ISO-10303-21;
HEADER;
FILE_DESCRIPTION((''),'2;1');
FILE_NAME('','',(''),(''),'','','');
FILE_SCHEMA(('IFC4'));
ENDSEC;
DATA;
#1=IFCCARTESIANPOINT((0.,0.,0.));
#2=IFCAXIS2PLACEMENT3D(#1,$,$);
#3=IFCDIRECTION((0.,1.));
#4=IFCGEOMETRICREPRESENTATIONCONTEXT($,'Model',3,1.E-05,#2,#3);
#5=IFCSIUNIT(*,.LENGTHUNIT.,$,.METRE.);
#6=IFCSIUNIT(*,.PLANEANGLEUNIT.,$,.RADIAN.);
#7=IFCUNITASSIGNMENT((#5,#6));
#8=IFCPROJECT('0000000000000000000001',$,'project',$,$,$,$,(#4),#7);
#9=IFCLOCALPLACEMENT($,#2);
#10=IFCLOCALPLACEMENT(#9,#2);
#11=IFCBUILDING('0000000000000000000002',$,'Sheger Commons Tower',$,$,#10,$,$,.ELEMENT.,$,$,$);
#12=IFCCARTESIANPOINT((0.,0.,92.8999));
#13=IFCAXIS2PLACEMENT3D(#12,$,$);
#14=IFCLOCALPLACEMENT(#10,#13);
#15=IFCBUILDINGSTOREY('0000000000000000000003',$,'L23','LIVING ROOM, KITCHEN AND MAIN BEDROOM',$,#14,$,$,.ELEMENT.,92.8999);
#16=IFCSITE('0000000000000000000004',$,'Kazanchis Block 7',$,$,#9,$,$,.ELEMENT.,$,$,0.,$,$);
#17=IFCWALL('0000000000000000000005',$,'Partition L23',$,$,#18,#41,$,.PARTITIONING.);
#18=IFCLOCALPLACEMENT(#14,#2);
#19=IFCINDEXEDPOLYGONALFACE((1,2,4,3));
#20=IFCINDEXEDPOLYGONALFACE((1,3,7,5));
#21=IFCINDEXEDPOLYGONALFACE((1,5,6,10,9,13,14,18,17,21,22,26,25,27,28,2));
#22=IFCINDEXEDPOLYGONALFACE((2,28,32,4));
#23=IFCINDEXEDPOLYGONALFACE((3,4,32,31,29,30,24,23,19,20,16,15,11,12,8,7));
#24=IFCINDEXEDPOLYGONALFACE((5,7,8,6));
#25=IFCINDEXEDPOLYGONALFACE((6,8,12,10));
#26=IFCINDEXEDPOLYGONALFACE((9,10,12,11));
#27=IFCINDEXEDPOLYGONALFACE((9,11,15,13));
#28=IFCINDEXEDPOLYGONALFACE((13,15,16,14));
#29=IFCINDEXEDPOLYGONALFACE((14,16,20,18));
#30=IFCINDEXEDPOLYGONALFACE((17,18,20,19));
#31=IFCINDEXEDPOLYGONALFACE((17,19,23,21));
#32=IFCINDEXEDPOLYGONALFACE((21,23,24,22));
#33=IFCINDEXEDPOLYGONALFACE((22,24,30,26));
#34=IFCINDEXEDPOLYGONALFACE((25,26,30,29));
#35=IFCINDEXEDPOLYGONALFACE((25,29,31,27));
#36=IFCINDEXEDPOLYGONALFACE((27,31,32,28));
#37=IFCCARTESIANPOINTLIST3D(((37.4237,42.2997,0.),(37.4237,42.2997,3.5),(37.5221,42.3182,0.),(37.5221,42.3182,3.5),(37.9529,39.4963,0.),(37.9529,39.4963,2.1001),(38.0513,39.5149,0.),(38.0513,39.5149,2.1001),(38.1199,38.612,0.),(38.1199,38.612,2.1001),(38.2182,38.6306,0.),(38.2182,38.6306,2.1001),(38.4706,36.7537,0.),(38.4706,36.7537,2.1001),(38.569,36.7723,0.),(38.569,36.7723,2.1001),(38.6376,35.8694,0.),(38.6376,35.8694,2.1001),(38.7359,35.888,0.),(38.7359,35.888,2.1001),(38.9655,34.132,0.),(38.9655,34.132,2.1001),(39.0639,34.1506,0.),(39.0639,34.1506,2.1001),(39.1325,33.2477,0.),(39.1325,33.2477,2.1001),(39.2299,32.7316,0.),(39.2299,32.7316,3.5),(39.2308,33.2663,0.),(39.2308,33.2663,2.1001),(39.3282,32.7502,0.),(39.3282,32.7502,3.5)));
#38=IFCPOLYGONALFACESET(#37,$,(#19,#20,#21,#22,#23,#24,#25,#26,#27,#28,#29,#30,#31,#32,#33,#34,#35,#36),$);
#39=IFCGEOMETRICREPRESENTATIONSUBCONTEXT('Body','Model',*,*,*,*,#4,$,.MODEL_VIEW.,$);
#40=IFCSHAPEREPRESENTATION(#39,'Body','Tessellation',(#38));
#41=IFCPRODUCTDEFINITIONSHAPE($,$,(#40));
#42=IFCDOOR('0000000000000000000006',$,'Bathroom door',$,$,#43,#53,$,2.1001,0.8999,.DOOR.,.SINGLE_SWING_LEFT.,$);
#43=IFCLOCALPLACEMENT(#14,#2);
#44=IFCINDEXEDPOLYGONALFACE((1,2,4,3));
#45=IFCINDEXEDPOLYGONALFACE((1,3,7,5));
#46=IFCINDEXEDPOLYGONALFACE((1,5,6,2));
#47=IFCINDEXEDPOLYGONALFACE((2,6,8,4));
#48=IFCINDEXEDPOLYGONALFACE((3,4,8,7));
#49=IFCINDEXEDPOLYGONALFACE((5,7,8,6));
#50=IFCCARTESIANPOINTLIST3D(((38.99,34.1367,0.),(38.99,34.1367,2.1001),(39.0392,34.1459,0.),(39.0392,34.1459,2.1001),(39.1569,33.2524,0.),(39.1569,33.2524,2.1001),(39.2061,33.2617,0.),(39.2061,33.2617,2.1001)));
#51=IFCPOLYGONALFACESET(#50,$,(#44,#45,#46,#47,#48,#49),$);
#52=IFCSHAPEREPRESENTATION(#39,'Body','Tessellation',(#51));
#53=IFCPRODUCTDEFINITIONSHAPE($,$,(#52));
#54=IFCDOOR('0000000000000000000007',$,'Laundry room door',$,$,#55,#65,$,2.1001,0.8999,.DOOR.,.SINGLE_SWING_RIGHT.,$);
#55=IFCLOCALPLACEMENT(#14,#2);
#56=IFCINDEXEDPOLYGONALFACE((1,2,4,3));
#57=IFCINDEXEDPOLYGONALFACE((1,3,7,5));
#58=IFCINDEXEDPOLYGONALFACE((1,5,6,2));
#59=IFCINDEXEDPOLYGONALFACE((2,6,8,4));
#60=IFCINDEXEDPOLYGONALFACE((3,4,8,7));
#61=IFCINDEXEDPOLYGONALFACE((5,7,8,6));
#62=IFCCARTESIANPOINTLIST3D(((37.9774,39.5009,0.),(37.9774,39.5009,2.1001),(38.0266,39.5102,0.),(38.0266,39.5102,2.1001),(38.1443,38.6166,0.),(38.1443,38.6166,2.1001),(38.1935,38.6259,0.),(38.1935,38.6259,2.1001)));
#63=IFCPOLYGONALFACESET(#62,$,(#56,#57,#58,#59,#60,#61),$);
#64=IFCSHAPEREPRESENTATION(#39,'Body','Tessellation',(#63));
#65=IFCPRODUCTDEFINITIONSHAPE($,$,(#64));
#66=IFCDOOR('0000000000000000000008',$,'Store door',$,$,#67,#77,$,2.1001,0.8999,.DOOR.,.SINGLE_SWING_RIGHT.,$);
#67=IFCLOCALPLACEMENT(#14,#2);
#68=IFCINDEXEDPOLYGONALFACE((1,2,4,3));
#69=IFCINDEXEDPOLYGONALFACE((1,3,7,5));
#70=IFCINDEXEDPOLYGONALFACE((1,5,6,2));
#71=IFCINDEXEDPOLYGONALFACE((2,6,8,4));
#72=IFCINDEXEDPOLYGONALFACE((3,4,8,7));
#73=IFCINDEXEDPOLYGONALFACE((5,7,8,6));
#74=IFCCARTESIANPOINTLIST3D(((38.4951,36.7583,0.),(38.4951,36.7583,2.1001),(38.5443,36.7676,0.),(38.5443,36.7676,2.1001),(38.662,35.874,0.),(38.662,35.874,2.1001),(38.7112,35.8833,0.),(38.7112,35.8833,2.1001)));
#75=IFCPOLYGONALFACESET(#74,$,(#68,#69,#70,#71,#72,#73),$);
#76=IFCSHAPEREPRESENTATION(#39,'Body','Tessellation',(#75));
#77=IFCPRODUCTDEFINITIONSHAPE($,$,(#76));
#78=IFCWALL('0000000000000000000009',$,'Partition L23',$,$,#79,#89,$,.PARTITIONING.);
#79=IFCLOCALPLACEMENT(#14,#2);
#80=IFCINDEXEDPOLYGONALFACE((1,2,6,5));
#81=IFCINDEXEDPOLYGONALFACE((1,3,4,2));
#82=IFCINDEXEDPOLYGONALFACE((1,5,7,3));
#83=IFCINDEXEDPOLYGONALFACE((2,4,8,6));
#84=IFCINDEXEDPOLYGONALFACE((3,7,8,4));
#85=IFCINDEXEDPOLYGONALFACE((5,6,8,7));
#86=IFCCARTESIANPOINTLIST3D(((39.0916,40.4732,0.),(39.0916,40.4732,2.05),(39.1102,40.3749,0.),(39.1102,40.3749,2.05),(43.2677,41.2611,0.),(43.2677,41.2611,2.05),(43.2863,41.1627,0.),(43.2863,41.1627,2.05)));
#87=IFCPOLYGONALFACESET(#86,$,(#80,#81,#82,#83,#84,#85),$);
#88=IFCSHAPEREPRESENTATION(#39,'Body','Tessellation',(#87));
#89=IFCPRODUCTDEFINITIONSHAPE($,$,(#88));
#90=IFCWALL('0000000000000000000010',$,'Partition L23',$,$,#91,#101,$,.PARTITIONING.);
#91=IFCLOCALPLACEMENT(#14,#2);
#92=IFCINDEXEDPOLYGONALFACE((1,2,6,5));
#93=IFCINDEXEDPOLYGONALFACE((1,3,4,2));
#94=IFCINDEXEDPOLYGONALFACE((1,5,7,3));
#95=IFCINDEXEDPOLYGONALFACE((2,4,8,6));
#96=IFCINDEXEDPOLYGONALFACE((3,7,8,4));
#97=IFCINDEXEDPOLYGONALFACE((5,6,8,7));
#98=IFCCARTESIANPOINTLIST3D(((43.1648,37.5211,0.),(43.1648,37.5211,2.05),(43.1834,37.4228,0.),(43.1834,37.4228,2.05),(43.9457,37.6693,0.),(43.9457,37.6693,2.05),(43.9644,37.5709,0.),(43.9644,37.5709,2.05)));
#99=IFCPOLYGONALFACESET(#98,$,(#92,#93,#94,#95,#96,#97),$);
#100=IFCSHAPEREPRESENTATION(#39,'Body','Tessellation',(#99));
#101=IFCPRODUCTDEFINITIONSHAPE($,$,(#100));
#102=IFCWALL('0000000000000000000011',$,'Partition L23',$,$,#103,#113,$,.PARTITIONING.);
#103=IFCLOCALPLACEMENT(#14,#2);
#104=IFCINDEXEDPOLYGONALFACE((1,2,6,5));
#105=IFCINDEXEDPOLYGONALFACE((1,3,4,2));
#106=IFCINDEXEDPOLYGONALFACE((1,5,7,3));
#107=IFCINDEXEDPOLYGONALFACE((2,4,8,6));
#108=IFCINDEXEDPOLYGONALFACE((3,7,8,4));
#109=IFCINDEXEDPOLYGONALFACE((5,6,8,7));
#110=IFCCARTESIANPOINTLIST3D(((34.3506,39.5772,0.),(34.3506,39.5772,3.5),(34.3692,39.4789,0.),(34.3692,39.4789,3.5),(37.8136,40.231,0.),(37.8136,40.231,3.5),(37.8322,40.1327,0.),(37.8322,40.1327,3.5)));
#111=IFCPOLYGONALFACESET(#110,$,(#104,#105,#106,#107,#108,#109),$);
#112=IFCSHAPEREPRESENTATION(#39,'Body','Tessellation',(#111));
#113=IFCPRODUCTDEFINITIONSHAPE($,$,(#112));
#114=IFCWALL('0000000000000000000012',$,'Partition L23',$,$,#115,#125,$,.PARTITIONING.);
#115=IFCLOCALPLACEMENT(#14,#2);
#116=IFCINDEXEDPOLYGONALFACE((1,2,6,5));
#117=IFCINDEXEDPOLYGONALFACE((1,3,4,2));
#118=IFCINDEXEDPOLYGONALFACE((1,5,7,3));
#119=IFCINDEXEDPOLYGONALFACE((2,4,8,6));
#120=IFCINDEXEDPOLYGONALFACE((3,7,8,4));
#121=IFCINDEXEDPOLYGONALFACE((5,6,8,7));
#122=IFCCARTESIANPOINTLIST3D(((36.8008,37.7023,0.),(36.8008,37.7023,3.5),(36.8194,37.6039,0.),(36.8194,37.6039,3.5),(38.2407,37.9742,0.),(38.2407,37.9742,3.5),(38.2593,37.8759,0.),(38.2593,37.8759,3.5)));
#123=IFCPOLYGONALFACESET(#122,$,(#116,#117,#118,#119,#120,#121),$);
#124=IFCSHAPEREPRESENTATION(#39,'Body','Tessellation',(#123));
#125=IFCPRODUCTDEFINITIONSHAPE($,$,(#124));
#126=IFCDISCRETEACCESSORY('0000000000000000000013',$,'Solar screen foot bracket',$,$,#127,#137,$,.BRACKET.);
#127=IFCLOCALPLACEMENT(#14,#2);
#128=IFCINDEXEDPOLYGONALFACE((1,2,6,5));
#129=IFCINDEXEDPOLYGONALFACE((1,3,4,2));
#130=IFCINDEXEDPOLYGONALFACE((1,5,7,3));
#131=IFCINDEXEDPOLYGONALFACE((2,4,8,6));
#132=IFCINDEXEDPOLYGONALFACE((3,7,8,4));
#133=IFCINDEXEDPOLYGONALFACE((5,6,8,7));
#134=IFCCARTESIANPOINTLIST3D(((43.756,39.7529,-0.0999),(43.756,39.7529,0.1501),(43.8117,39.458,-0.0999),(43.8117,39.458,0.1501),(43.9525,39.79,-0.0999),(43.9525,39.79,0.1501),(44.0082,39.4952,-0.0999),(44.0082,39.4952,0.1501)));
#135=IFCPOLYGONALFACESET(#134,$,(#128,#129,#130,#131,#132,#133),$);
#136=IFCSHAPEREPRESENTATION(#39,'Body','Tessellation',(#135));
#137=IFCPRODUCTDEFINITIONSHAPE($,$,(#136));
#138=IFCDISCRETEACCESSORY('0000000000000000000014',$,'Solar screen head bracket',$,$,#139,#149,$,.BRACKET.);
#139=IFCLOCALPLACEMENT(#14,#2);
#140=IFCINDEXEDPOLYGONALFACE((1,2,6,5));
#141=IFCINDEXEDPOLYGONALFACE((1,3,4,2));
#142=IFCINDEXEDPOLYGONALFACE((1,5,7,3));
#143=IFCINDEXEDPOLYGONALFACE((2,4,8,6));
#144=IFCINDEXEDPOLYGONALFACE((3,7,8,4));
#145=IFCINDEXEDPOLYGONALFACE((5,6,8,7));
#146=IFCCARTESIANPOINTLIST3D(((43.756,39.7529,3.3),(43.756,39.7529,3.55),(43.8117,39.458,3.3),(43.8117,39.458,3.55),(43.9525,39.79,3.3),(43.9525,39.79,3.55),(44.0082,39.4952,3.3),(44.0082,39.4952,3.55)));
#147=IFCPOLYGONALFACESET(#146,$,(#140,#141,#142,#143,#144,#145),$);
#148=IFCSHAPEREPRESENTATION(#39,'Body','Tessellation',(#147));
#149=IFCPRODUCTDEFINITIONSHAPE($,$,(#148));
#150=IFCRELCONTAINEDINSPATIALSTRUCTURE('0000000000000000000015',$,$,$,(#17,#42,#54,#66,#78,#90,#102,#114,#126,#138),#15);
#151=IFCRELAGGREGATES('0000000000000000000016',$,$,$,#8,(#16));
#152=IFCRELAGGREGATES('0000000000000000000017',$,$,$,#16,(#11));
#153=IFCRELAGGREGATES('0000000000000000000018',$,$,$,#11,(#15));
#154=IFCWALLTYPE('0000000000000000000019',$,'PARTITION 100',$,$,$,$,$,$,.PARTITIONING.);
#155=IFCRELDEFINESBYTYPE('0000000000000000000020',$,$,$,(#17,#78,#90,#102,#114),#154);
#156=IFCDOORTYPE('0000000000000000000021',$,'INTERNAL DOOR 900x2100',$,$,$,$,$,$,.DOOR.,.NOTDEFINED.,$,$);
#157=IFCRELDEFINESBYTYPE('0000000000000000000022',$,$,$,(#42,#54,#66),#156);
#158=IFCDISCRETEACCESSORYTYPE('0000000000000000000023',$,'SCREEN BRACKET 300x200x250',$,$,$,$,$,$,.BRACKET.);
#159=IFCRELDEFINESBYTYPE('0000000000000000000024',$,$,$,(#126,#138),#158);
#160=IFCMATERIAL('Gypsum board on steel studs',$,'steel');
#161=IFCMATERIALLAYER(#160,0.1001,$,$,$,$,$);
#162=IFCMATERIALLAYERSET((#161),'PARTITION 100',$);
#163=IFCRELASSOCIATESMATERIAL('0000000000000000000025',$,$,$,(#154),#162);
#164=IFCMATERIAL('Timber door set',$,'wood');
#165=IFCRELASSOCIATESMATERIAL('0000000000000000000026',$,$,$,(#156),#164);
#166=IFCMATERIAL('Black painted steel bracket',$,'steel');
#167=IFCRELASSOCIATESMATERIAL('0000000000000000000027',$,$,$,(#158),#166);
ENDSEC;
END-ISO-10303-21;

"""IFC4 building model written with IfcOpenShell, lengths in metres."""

from ifc_helpers import new_model, si_unit, direction, frame, frame_2d, origin, origin_2d, place, context, subcontext, project, spatial, rectangle, extrude, material, layer, layer_set, type_object, element, fill, save


model = new_model("IFC4")

# Units and contexts
model_context = context("Model", 3, precision=1e-05, world=origin(), true_north=direction((0.0, 1.0)))
body_context = subcontext(model_context, "Body", "Model", "MODEL_VIEW")
ifc_project = project(units=[si_unit("LENGTHUNIT", "METRE"), si_unit("PLANEANGLEUNIT", "RADIAN")], contexts=[model_context])

# Site, building, storey
site_placement = place(None, origin())
site = spatial("IfcSite", under=ifc_project, at=site_placement, Name="Kazanchis Block 7", CompositionType="ELEMENT", RefElevation=0.0)
building_placement = place(site_placement, origin())
building = spatial("IfcBuilding", under=site, at=building_placement, Name="Sheger Commons Tower", CompositionType="ELEMENT")
storey_placement = place(building_placement, frame((0.0, 0.0, 92.8999)))
storey = spatial("IfcBuildingStorey", under=building, at=storey_placement, Name="L23", Description="LIVING ROOM, KITCHEN AND MAIN BEDROOM", CompositionType="ELEMENT", Elevation=92.8999)

# Shared definitions
ifc_material_1 = material(Name="Gypsum board on steel studs", Category="steel")
ifc_layer_1 = layer(ifc_material_1, 0.1001)
ifc_layer_set_1 = layer_set([ifc_layer_1], Name="PARTITION 100")
wall_type = type_object("IfcWallType", Name="PARTITION 100", PredefinedType="PARTITIONING", material=ifc_layer_set_1)

# Wall, openings, doors
ifc_material_2 = material(Name="Timber door set", Category="wood")
door_type = type_object("IfcDoorType", Name="INTERNAL DOOR 900x2100", OperationType="NOTDEFINED", PredefinedType="DOOR", material=ifc_material_2)
wall_1_placement = place(storey_placement, frame((37.4729, 42.3091, 0.0), z_axis=(0.0, 0.0, 1.0), x_axis=(0.185492, -0.982646, 0.0)))
wall_1 = element("IfcWall", 1, at=wall_1_placement, inside=storey, type_object=wall_type, Name="Partition L23", PredefinedType="PARTITIONING", context=body_context, shape_type="SweptSolid", body=[
    extrude(rectangle(XDim=9.7371, YDim=0.1001, at=frame_2d((4.8687, 0.0))), origin(), (0.0, 0.0, 1.0), 3.5),
])
opening_1_placement = place(wall_1_placement, frame((8.312, 0.0, 0.0)))
opening_1 = element("IfcOpeningElement", 2, at=opening_1_placement, cuts=wall_1, PredefinedType="OPENING", context=body_context, shape_type="SweptSolid", body=[
    extrude(rectangle(XDim=0.8999, YDim=2.1001, at=frame_2d((0.45, 1.05))), frame((0.0, 0.0601, 0.0), z_axis=(0.0, -1.0, 0.0), x_axis=(1.0, 0.0, 0.0)), (0.0, 0.0, 1.0), 0.1201),
])
opening_2_placement = place(wall_1_placement, frame((2.853, 0.0, 0.0)))
opening_2 = element("IfcOpeningElement", 3, at=opening_2_placement, cuts=wall_1, PredefinedType="OPENING", context=body_context, shape_type="SweptSolid", body=[
    extrude(rectangle(XDim=0.8999, YDim=2.1001, at=frame_2d((0.45, 1.05))), frame((0.0, 0.0601, 0.0), z_axis=(0.0, -1.0, 0.0), x_axis=(1.0, 0.0, 0.0)), (0.0, 0.0, 1.0), 0.1201),
])
opening_3_placement = place(wall_1_placement, frame((5.644, 0.0, 0.0)))
opening_3 = element("IfcOpeningElement", 4, at=opening_3_placement, cuts=wall_1, PredefinedType="OPENING", context=body_context, shape_type="SweptSolid", body=[
    extrude(rectangle(XDim=0.8999, YDim=2.1001, at=frame_2d((0.45, 1.05))), frame((0.0, 0.0601, 0.0), z_axis=(0.0, -1.0, 0.0), x_axis=(1.0, 0.0, 0.0)), (0.0, 0.0, 1.0), 0.1201),
])
door_1_placement = place(opening_1_placement, origin())
door_1 = element("IfcDoor", 5, at=door_1_placement, inside=storey, type_object=door_type, Name="Bathroom door", OperationType="SINGLE_SWING_LEFT", OverallHeight=2.1001, OverallWidth=0.8999, PredefinedType="DOOR", context=body_context, shape_type="SweptSolid", body=[
    extrude(rectangle(XDim=0.8999, YDim=2.1001, at=frame_2d((0.45, 1.05))), frame((0.0, 0.0249, 0.0), z_axis=(0.0, -1.0, 0.0), x_axis=(1.0, 0.0, 0.0)), (0.0, 0.0, 1.0), 0.05),
])
fill(opening_1, door_1)
door_2_placement = place(opening_2_placement, origin())
door_2 = element("IfcDoor", 6, at=door_2_placement, inside=storey, type_object=door_type, Name="Laundry room door", OperationType="SINGLE_SWING_RIGHT", OverallHeight=2.1001, OverallWidth=0.8999, PredefinedType="DOOR", context=body_context, shape_type="SweptSolid", body=[
    extrude(rectangle(XDim=0.8999, YDim=2.1001, at=frame_2d((0.45, 1.05))), frame((0.0, 0.0249, 0.0), z_axis=(0.0, -1.0, 0.0), x_axis=(1.0, 0.0, 0.0)), (0.0, 0.0, 1.0), 0.05),
])
fill(opening_2, door_2)
door_3_placement = place(opening_3_placement, origin())
door_3 = element("IfcDoor", 7, at=door_3_placement, inside=storey, type_object=door_type, Name="Store door", OperationType="SINGLE_SWING_RIGHT", OverallHeight=2.1001, OverallWidth=0.8999, PredefinedType="DOOR", context=body_context, shape_type="SweptSolid", body=[
    extrude(rectangle(XDim=0.8999, YDim=2.1001, at=frame_2d((0.45, 1.05))), frame((0.0, 0.0249, 0.0), z_axis=(0.0, -1.0, 0.0), x_axis=(1.0, 0.0, 0.0)), (0.0, 0.0, 1.0), 0.05),
])
fill(opening_3, door_3)

# Walls
wall_2_placement = place(storey_placement, frame((43.2771, 41.2119, 0.0), z_axis=(0.0, 0.0, 1.0), x_axis=(-0.982665, -0.185388, 0.0)))
element("IfcWall", 8, at=wall_2_placement, inside=storey, type_object=wall_type, Name="Partition L23", PredefinedType="PARTITIONING", context=body_context, shape_type="SweptSolid", body=[
    extrude(rectangle(XDim=4.2498, YDim=0.1001, at=frame_2d((2.125, 0.0))), origin(), (0.0, 0.0, 1.0), 2.05),
])
wall_3_placement = place(storey_placement, frame((43.9551, 37.6201, 0.0), z_axis=(0.0, 0.0, 1.0), x_axis=(-0.98247, -0.186421, 0.0)))
element("IfcWall", 9, at=wall_3_placement, inside=storey, type_object=wall_type, Name="Partition L23", PredefinedType="PARTITIONING", context=body_context, shape_type="SweptSolid", body=[
    extrude(rectangle(XDim=0.7949, YDim=0.1001, at=frame_2d((0.3975, 0.0))), origin(), (0.0, 0.0, 1.0), 2.05),
])
wall_4_placement = place(storey_placement, frame((37.823, 40.1819, 0.0), z_axis=(0.0, 0.0, 1.0), x_axis=(-0.982639, -0.185527, 0.0)))
element("IfcWall", 10, at=wall_4_placement, inside=storey, type_object=wall_type, Name="Partition L23", PredefinedType="PARTITIONING", context=body_context, shape_type="SweptSolid", body=[
    extrude(rectangle(XDim=3.5242, YDim=0.1001, at=frame_2d((1.7622, 0.0))), origin(), (0.0, 0.0, 1.0), 3.5),
])
wall_5_placement = place(storey_placement, frame((38.25, 37.925, 0.0), z_axis=(0.0, 0.0, 1.0), x_axis=(-0.982626, -0.185596, 0.0)))
element("IfcWall", 11, at=wall_5_placement, inside=storey, type_object=wall_type, Name="Partition L23", PredefinedType="PARTITIONING", context=body_context, shape_type="SweptSolid", body=[
    extrude(rectangle(XDim=1.4653, YDim=0.1001, at=frame_2d((0.7327, 0.0))), origin(), (0.0, 0.0, 1.0), 3.5),
])

# Discrete accessories
ifc_material_3 = material(Name="Black painted steel bracket", Category="steel")
discrete_accessory_type = type_object("IfcDiscreteAccessoryType", Name="SCREEN BRACKET 300x200x250", PredefinedType="BRACKET", material=ifc_material_3)
for number, where, z_axis, x_axis, name in (
    (12, (43.8821, 39.624, -0.0999), (0.0, 0.0, 1.0), (-0.185615, 0.982623, 0.0), "Solar screen foot bracket"),
    (13, (43.8821, 39.624, 3.3), (0.0, 0.0, 1.0), (-0.185615, 0.982623, 0.0), "Solar screen head bracket"),
):
    element("IfcDiscreteAccessory", number, at=place(storey_placement, frame(where, z_axis=z_axis, x_axis=x_axis)), inside=storey, type_object=discrete_accessory_type, Name=name, PredefinedType="BRACKET", context=body_context, shape_type="SweptSolid", body=[
        extrude(rectangle(XDim=0.3, YDim=0.2, at=origin_2d()), origin(), (0.0, 0.0, 1.0), 0.25),
    ])

save(model, "model.ifc")
